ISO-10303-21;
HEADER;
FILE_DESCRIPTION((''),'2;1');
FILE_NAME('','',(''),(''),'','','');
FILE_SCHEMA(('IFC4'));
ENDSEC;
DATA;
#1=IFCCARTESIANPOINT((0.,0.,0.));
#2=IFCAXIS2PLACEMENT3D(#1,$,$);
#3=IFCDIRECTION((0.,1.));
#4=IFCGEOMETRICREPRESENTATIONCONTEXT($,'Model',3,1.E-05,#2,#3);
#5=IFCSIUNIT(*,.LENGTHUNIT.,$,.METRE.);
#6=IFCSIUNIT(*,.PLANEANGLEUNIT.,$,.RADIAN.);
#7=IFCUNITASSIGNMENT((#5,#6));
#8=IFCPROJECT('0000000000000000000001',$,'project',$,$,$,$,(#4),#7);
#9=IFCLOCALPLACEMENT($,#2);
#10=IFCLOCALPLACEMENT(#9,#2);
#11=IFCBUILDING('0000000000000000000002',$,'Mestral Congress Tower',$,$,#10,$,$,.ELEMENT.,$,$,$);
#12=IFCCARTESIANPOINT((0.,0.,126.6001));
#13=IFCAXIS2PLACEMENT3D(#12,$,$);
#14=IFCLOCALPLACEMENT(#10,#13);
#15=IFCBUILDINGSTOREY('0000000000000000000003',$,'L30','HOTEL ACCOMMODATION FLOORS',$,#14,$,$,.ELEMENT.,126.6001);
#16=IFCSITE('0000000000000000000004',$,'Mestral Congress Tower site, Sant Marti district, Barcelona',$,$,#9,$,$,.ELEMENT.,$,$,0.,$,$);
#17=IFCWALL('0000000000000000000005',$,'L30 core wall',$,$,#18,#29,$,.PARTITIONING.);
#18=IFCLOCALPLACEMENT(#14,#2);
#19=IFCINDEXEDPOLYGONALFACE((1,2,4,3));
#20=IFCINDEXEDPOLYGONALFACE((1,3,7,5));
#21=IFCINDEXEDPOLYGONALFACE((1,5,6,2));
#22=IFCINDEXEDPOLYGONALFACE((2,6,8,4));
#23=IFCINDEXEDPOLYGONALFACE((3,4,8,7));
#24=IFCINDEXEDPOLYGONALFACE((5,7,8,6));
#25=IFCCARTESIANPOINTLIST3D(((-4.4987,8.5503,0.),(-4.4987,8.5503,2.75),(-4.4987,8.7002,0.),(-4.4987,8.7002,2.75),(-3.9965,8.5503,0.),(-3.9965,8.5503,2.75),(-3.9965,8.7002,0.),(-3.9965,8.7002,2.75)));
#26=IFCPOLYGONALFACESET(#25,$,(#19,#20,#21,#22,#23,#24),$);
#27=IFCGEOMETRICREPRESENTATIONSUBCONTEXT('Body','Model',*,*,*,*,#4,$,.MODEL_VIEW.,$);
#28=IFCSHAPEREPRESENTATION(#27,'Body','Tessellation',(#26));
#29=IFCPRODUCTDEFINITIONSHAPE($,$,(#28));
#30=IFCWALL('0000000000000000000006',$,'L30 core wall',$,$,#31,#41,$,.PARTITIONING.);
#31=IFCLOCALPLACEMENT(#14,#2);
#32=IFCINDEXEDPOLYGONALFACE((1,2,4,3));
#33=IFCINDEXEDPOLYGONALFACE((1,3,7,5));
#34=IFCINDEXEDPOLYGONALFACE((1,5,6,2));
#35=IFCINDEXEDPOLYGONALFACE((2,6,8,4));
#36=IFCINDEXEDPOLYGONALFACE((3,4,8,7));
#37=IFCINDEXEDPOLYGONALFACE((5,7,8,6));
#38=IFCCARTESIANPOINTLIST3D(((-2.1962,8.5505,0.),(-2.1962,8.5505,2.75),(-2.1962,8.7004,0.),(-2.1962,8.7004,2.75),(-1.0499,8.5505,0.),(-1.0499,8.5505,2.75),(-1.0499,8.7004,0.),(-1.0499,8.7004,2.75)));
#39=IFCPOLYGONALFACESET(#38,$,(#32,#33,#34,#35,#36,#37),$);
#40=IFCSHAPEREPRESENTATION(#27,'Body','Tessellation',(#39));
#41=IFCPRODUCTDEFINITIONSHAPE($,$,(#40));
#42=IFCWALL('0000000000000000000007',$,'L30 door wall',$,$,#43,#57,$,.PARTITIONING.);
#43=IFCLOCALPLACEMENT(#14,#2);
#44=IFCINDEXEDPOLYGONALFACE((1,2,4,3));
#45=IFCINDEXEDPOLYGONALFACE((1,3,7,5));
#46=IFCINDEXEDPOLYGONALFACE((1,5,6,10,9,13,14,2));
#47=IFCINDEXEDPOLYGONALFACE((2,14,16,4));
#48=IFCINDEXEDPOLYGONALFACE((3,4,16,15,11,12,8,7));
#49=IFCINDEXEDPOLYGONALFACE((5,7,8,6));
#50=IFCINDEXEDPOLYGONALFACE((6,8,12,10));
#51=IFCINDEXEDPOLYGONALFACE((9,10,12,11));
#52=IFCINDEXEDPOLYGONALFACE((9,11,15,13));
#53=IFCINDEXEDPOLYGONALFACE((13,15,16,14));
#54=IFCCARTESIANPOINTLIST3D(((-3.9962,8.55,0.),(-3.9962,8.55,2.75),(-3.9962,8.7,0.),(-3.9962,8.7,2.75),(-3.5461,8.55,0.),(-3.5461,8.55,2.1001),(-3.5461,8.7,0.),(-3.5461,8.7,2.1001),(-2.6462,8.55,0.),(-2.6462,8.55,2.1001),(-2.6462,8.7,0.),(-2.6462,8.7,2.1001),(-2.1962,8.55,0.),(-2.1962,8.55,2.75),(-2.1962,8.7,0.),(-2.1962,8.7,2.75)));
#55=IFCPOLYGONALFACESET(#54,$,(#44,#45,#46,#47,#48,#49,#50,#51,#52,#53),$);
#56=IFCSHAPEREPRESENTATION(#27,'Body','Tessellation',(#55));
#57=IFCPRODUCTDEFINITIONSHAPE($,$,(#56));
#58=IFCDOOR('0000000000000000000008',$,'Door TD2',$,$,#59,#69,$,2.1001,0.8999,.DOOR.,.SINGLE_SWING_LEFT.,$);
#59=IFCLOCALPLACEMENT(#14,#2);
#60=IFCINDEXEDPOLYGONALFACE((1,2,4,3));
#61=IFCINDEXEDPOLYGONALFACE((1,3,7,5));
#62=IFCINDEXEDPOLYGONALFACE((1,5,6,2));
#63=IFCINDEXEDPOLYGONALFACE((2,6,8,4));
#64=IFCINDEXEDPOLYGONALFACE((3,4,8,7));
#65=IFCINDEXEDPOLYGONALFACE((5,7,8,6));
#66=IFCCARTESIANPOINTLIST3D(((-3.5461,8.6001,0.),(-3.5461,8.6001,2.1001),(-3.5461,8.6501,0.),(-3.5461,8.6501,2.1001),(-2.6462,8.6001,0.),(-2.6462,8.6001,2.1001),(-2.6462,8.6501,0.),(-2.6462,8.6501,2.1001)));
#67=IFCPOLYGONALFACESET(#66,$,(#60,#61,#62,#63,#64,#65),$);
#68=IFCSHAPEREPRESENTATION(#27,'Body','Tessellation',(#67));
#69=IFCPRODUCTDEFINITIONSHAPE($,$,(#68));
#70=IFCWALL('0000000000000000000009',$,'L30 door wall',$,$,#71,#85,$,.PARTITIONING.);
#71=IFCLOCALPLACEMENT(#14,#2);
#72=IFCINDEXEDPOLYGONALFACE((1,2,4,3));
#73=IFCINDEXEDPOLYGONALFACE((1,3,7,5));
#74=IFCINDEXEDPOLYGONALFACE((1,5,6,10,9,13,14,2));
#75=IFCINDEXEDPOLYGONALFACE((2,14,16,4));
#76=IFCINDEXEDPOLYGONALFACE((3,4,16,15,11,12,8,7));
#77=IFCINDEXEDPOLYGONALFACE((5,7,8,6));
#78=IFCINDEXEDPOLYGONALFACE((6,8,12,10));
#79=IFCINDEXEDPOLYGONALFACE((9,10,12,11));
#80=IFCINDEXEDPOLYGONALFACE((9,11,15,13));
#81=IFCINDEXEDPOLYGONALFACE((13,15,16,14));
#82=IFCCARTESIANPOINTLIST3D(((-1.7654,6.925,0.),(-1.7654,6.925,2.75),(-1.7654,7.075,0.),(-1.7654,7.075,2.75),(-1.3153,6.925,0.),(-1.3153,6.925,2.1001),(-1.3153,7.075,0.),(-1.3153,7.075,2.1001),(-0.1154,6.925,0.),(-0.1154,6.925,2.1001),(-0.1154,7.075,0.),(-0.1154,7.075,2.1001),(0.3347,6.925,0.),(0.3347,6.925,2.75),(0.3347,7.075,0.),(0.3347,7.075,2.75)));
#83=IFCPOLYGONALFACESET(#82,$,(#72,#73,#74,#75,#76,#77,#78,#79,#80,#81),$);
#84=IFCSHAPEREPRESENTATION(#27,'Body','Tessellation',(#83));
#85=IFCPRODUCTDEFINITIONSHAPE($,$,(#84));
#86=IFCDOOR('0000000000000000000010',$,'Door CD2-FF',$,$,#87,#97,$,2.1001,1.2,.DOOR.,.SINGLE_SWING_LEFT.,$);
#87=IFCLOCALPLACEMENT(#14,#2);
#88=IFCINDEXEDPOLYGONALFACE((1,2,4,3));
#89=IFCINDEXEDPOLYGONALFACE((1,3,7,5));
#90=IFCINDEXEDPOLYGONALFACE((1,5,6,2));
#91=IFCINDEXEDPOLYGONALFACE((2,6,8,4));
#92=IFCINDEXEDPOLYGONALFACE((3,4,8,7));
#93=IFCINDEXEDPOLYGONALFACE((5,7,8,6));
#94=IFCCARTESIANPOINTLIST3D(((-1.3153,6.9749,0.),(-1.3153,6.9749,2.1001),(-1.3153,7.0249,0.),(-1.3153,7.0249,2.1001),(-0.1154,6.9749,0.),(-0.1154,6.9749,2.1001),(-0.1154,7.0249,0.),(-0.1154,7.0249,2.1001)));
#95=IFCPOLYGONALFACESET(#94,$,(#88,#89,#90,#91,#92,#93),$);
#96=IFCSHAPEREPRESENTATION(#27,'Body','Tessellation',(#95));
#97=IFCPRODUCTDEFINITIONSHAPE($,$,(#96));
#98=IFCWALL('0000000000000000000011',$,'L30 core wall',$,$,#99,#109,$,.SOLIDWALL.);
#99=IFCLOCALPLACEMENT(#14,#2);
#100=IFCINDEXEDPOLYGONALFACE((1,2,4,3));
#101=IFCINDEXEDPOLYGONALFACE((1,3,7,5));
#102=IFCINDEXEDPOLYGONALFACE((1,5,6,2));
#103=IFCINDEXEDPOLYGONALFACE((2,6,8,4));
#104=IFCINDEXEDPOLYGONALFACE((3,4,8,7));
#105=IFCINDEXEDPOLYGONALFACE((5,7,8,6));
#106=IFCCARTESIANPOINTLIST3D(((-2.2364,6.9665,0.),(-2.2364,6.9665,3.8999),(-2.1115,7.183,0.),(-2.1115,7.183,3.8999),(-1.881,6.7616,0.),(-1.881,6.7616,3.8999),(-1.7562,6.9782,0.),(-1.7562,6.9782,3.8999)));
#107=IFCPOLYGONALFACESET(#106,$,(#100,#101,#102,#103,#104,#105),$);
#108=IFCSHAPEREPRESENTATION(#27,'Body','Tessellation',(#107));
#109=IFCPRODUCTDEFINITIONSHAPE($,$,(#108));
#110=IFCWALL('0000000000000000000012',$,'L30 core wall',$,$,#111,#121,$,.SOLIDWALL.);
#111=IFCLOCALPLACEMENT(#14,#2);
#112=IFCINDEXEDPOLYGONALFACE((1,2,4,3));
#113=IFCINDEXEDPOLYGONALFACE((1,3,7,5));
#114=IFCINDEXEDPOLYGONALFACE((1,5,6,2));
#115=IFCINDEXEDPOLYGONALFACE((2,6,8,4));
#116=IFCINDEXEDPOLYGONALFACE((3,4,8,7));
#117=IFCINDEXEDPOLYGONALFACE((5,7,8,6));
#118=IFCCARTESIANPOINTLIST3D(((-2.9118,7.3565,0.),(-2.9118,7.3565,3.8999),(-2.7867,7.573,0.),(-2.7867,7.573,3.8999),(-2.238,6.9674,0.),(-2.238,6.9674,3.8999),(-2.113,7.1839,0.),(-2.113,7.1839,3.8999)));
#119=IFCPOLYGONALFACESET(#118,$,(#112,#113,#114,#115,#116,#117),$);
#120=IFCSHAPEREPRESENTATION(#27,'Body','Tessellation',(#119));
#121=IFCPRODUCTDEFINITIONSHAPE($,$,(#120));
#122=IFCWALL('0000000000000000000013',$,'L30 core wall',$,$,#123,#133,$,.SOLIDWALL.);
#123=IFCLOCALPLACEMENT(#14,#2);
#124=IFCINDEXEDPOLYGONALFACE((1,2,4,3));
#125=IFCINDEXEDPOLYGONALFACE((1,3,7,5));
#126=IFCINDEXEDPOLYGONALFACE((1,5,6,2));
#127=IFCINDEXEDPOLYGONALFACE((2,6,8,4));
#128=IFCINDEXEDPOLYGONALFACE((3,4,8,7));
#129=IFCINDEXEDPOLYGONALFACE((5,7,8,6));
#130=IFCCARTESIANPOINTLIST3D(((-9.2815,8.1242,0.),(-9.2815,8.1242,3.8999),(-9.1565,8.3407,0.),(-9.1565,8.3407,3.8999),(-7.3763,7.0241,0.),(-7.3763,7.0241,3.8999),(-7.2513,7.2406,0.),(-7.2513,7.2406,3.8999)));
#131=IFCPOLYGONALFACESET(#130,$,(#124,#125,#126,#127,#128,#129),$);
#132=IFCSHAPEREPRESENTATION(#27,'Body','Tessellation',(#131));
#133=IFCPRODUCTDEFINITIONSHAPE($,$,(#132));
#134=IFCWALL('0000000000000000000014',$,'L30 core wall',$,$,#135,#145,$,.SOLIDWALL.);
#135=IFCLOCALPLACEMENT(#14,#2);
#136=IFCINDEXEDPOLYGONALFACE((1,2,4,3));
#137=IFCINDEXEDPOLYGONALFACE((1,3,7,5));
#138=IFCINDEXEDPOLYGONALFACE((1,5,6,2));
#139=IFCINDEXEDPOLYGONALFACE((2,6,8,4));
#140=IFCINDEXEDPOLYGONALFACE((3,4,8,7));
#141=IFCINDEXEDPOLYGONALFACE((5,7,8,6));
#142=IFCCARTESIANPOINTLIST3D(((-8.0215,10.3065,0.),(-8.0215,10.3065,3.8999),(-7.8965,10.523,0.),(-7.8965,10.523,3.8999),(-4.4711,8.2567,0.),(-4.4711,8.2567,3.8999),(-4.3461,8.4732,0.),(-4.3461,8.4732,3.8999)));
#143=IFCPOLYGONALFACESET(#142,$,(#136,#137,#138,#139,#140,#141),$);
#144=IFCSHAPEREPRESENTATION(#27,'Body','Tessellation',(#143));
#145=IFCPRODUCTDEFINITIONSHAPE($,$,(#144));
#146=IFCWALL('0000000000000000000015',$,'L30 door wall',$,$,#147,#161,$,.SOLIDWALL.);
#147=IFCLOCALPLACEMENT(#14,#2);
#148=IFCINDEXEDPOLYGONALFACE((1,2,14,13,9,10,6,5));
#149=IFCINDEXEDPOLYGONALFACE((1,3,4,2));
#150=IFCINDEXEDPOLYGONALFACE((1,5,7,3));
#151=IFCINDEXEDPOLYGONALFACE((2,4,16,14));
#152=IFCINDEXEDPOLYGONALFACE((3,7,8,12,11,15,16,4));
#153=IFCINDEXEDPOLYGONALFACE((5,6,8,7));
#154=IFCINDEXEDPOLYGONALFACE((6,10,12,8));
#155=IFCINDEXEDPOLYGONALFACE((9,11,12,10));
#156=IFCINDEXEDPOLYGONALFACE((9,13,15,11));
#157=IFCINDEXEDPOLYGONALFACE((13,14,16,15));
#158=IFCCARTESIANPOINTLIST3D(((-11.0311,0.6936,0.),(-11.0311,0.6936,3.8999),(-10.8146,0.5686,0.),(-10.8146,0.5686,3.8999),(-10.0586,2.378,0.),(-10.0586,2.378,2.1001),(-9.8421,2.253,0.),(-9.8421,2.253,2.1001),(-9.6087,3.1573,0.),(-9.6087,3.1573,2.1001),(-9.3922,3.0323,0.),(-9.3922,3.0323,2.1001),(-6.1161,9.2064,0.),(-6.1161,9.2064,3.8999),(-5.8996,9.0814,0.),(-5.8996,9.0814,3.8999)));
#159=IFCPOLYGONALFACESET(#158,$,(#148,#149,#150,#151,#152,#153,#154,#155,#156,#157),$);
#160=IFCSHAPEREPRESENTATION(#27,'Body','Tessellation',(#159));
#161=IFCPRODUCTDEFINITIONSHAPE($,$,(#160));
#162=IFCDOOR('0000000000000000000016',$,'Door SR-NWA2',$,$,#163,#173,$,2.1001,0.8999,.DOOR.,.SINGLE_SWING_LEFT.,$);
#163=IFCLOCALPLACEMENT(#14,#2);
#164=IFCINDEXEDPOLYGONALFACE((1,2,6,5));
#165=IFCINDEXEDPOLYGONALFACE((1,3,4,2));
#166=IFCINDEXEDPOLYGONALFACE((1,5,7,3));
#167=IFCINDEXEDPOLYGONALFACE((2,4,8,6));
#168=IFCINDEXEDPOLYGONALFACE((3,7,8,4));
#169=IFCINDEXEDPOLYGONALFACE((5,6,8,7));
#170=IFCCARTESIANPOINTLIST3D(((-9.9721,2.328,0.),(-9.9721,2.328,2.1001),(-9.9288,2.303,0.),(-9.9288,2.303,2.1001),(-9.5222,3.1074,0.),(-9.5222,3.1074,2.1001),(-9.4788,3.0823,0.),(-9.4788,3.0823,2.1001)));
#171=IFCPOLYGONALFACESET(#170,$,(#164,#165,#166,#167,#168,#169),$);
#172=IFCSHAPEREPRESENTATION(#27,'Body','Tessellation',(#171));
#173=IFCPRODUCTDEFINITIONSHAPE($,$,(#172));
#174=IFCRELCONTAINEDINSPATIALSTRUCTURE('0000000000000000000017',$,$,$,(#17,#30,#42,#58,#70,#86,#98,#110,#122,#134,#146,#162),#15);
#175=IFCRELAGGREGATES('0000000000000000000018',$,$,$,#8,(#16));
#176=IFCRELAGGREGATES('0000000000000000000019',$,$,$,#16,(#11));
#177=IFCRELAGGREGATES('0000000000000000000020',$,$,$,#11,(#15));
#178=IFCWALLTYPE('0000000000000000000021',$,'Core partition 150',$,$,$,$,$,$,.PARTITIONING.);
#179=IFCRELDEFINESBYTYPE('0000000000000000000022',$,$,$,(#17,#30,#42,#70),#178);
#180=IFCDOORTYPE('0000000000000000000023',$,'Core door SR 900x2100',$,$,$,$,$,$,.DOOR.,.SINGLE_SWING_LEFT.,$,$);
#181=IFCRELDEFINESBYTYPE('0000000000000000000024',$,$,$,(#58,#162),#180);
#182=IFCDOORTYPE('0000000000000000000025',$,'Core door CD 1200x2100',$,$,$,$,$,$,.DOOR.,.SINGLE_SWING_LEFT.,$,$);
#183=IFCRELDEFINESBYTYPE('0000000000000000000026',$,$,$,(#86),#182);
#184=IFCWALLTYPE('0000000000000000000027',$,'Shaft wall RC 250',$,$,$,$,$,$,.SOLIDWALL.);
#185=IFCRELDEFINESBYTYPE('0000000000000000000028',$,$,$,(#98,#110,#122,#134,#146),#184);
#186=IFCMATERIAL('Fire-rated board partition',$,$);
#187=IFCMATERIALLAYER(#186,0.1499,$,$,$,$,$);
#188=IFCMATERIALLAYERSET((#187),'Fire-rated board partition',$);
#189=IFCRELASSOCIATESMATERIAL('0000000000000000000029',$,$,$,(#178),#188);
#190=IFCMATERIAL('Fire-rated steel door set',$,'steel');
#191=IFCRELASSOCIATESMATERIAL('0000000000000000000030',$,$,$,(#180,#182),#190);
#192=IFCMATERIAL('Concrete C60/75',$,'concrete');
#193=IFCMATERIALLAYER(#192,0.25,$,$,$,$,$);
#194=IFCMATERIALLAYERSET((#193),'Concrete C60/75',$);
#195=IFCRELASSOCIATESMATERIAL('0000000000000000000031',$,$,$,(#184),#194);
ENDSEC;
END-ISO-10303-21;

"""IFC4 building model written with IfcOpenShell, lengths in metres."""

from ifc_helpers import new_model, si_unit, direction, frame, frame_2d, origin, place, context, subcontext, project, spatial, rectangle, extrude, material, layer, layer_set, type_object, element, fill, save


model = new_model("IFC4")

# Units and contexts
model_context = context("Model", 3, precision=1e-05, world=origin(), true_north=direction((0.0, 1.0)))
body_context = subcontext(model_context, "Body", "Model", "MODEL_VIEW")
ifc_project = project(units=[si_unit("LENGTHUNIT", "METRE"), si_unit("PLANEANGLEUNIT", "RADIAN")], contexts=[model_context])

# Site, building, storey
site_placement = place(None, origin())
site = spatial("IfcSite", under=ifc_project, at=site_placement, Name="Mestral Congress Tower site, Sant Marti district, Barcelona", CompositionType="ELEMENT", RefElevation=0.0)
building_placement = place(site_placement, origin())
building = spatial("IfcBuilding", under=site, at=building_placement, Name="Mestral Congress Tower", CompositionType="ELEMENT")
storey_placement = place(building_placement, frame((0.0, 0.0, 126.6001)))
storey = spatial("IfcBuildingStorey", under=building, at=storey_placement, Name="L30", Description="HOTEL ACCOMMODATION FLOORS", CompositionType="ELEMENT", Elevation=126.6001)

# Walls
ifc_material_1 = material(Name="Fire-rated board partition")
ifc_layer_1 = layer(ifc_material_1, 0.1499)
ifc_layer_set_1 = layer_set([ifc_layer_1], Name="Fire-rated board partition")
wall_type_1 = type_object("IfcWallType", Name="Core partition 150", PredefinedType="PARTITIONING", material=ifc_layer_set_1)
wall_1_placement = place(storey_placement, frame((-3.9966, 8.6252, 0.0), z_axis=(0.0, 0.0, 1.0), x_axis=(-1.0, 0.0, 0.0)))
element("IfcWall", 1, at=wall_1_placement, inside=storey, type_object=wall_type_1, Name="L30 core wall", PredefinedType="PARTITIONING", context=body_context, shape_type="SweptSolid", body=[
    extrude(rectangle(XDim=0.5022, YDim=0.1499, at=frame_2d((0.251, 0.0))), origin(), (0.0, 0.0, 1.0), 2.75),
])
wall_2_placement = place(storey_placement, frame((-2.1963, 8.6255, 0.0), z_axis=(0.0, 0.0, 1.0), x_axis=(1.0, 0.0, 0.0)))
element("IfcWall", 2, at=wall_2_placement, inside=storey, type_object=wall_type_1, Name="L30 core wall", PredefinedType="PARTITIONING", context=body_context, shape_type="SweptSolid", body=[
    extrude(rectangle(XDim=1.1462, YDim=0.1499, at=frame_2d((0.5732, 0.0))), origin(), (0.0, 0.0, 1.0), 2.75),
])

# Walls, openings, doors
wall_3_placement = place(storey_placement, frame((-2.1963, 8.625, 0.0), z_axis=(0.0, 0.0, 1.0), x_axis=(-1.0, 0.0, 0.0)))
wall_3 = element("IfcWall", 3, at=wall_3_placement, inside=storey, type_object=wall_type_1, Name="L30 door wall", PredefinedType="PARTITIONING", context=body_context, shape_type="SweptSolid", body=[
    extrude(rectangle(XDim=1.8, YDim=0.1499, at=frame_2d((0.8999, 0.0))), origin(), (0.0, 0.0, 1.0), 2.75),
])
opening_1_placement = place(wall_3_placement, frame((0.45, 0.0, 0.0)))
opening_1 = element("IfcOpeningElement", 4, at=opening_1_placement, cuts=wall_3, PredefinedType="OPENING", context=body_context, shape_type="SweptSolid", body=[
    extrude(rectangle(XDim=0.8999, YDim=2.1001, at=frame_2d((0.45, 1.05))), frame((0.0, 0.085, 0.0), z_axis=(0.0, -1.0, 0.0), x_axis=(1.0, 0.0, 0.0)), (0.0, 0.0, 1.0), 0.1699),
])
ifc_material_2 = material(Name="Fire-rated steel door set", Category="steel")
door_type_1 = type_object("IfcDoorType", Name="Core door SR 900x2100", OperationType="SINGLE_SWING_LEFT", PredefinedType="DOOR", material=ifc_material_2)
door_1_placement = place(opening_1_placement, origin())
door_1 = element("IfcDoor", 5, at=door_1_placement, inside=storey, type_object=door_type_1, Name="Door TD2", OperationType="SINGLE_SWING_LEFT", OverallHeight=2.1001, OverallWidth=0.8999, PredefinedType="DOOR", context=body_context, shape_type="SweptSolid", body=[
    extrude(rectangle(XDim=0.8999, YDim=2.1001, at=frame_2d((0.45, 1.05))), frame((0.0, 0.0249, 0.0), z_axis=(0.0, -1.0, 0.0), x_axis=(1.0, 0.0, 0.0)), (0.0, 0.0, 1.0), 0.05),
])
fill(opening_1, door_1)
wall_4_placement = place(storey_placement, frame((-1.7654, 7.0, 0.0), z_axis=(0.0, 0.0, 1.0), x_axis=(1.0, 0.0, 0.0)))
wall_4 = element("IfcWall", 6, at=wall_4_placement, inside=storey, type_object=wall_type_1, Name="L30 door wall", PredefinedType="PARTITIONING", context=body_context, shape_type="SweptSolid", body=[
    extrude(rectangle(XDim=2.1001, YDim=0.1499, at=frame_2d((1.05, 0.0))), origin(), (0.0, 0.0, 1.0), 2.75),
])
opening_2_placement = place(wall_4_placement, frame((0.45, 0.0, 0.0)))
opening_2 = element("IfcOpeningElement", 7, at=opening_2_placement, cuts=wall_4, PredefinedType="OPENING", context=body_context, shape_type="SweptSolid", body=[
    extrude(rectangle(XDim=1.2, YDim=2.1001, at=frame_2d((0.6001, 1.05))), frame((0.0, 0.085, 0.0), z_axis=(0.0, -1.0, 0.0), x_axis=(1.0, 0.0, 0.0)), (0.0, 0.0, 1.0), 0.1699),
])
door_type_2 = type_object("IfcDoorType", Name="Core door CD 1200x2100", OperationType="SINGLE_SWING_LEFT", PredefinedType="DOOR", material=ifc_material_2)
door_2_placement = place(opening_2_placement, origin())
door_2 = element("IfcDoor", 8, at=door_2_placement, inside=storey, type_object=door_type_2, Name="Door CD2-FF", OperationType="SINGLE_SWING_LEFT", OverallHeight=2.1001, OverallWidth=1.2, PredefinedType="DOOR", context=body_context, shape_type="SweptSolid", body=[
    extrude(rectangle(XDim=1.2, YDim=2.1001, at=frame_2d((0.6001, 1.05))), frame((0.0, 0.0249, 0.0), z_axis=(0.0, -1.0, 0.0), x_axis=(1.0, 0.0, 0.0)), (0.0, 0.0, 1.0), 0.05),
])
fill(opening_2, door_2)

# Walls
ifc_material_3 = material(Name="Concrete C60/75", Category="concrete")
ifc_layer_2 = layer(ifc_material_3, 0.25)
ifc_layer_set_2 = layer_set([ifc_layer_2], Name="Concrete C60/75")
wall_type_2 = type_object("IfcWallType", Name="Shaft wall RC 250", PredefinedType="SOLIDWALL", material=ifc_layer_set_2)
wall_5_placement = place(storey_placement, frame((-1.8186, 6.8699, 0.0), z_axis=(0.0, 0.0, 1.0), x_axis=(-0.866295, 0.499533, 0.0)))
element("IfcWall", 9, at=wall_5_placement, inside=storey, type_object=wall_type_2, Name="L30 core wall", PredefinedType="SOLIDWALL", context=body_context, shape_type="SweptSolid", body=[
    extrude(rectangle(XDim=0.4102, YDim=0.25, at=frame_2d((0.2051, 0.0))), origin(), (0.0, 0.0, 1.0), 3.8999),
])
wall_6_placement = place(storey_placement, frame((-2.8494, 7.4648, 0.0), z_axis=(0.0, 0.0, 1.0), x_axis=(0.865956, -0.500121, 0.0)))
element("IfcWall", 10, at=wall_6_placement, inside=storey, type_object=wall_type_2, Name="L30 core wall", PredefinedType="SOLIDWALL", context=body_context, shape_type="SweptSolid", body=[
    extrude(rectangle(XDim=0.7781, YDim=0.25, at=frame_2d((0.3892, 0.0))), origin(), (0.0, 0.0, 1.0), 3.8999),
])
wall_7_placement = place(storey_placement, frame((-7.3137, 7.1323, 0.0), z_axis=(0.0, 0.0, 1.0), x_axis=(-0.866008, 0.50003, 0.0)))
element("IfcWall", 11, at=wall_7_placement, inside=storey, type_object=wall_type_2, Name="L30 core wall", PredefinedType="SOLIDWALL", context=body_context, shape_type="SweptSolid", body=[
    extrude(rectangle(XDim=2.2, YDim=0.25, at=frame_2d((1.1001, 0.0))), origin(), (0.0, 0.0, 1.0), 3.8999),
])
wall_8_placement = place(storey_placement, frame((-7.959, 10.4148, 0.0), z_axis=(0.0, 0.0, 1.0), x_axis=(0.866021, -0.500008, 0.0)))
element("IfcWall", 12, at=wall_8_placement, inside=storey, type_object=wall_type_2, Name="L30 core wall", PredefinedType="SOLIDWALL", context=body_context, shape_type="SweptSolid", body=[
    extrude(rectangle(XDim=4.0996, YDim=0.25, at=frame_2d((2.0498, 0.0))), origin(), (0.0, 0.0, 1.0), 3.8999),
])

# Wall, opening, door
wall_9_placement = place(storey_placement, frame((-6.0078, 9.144, 0.0), z_axis=(0.0, 0.0, 1.0), x_axis=(-0.500007, -0.866021, 0.0)))
wall_9 = element("IfcWall", 13, at=wall_9_placement, inside=storey, type_object=wall_type_2, Name="L30 door wall", PredefinedType="SOLIDWALL", context=body_context, shape_type="SweptSolid", body=[
    extrude(rectangle(XDim=9.8298, YDim=0.25, at=frame_2d((4.915, 0.0))), origin(), (0.0, 0.0, 1.0), 3.8999),
])
opening_3_placement = place(wall_9_placement, frame((6.9851, 0.0, 0.0)))
opening_3 = element("IfcOpeningElement", 14, at=opening_3_placement, cuts=wall_9, PredefinedType="OPENING", context=body_context, shape_type="SweptSolid", body=[
    extrude(rectangle(XDim=0.8999, YDim=2.1001, at=frame_2d((0.45, 1.05))), frame((0.0, 0.135, 0.0), z_axis=(0.0, -1.0, 0.0), x_axis=(1.0, 0.0, 0.0)), (0.0, 0.0, 1.0), 0.27),
])
door_3_placement = place(opening_3_placement, origin())
door_3 = element("IfcDoor", 15, at=door_3_placement, inside=storey, type_object=door_type_1, Name="Door SR-NWA2", OperationType="SINGLE_SWING_LEFT", OverallHeight=2.1001, OverallWidth=0.8999, PredefinedType="DOOR", context=body_context, shape_type="SweptSolid", body=[
    extrude(rectangle(XDim=0.8999, YDim=2.1001, at=frame_2d((0.45, 1.05))), frame((0.0, 0.0249, 0.0), z_axis=(0.0, -1.0, 0.0), x_axis=(1.0, 0.0, 0.0)), (0.0, 0.0, 1.0), 0.05),
])
fill(opening_3, door_3)

save(model, "model.ifc")
